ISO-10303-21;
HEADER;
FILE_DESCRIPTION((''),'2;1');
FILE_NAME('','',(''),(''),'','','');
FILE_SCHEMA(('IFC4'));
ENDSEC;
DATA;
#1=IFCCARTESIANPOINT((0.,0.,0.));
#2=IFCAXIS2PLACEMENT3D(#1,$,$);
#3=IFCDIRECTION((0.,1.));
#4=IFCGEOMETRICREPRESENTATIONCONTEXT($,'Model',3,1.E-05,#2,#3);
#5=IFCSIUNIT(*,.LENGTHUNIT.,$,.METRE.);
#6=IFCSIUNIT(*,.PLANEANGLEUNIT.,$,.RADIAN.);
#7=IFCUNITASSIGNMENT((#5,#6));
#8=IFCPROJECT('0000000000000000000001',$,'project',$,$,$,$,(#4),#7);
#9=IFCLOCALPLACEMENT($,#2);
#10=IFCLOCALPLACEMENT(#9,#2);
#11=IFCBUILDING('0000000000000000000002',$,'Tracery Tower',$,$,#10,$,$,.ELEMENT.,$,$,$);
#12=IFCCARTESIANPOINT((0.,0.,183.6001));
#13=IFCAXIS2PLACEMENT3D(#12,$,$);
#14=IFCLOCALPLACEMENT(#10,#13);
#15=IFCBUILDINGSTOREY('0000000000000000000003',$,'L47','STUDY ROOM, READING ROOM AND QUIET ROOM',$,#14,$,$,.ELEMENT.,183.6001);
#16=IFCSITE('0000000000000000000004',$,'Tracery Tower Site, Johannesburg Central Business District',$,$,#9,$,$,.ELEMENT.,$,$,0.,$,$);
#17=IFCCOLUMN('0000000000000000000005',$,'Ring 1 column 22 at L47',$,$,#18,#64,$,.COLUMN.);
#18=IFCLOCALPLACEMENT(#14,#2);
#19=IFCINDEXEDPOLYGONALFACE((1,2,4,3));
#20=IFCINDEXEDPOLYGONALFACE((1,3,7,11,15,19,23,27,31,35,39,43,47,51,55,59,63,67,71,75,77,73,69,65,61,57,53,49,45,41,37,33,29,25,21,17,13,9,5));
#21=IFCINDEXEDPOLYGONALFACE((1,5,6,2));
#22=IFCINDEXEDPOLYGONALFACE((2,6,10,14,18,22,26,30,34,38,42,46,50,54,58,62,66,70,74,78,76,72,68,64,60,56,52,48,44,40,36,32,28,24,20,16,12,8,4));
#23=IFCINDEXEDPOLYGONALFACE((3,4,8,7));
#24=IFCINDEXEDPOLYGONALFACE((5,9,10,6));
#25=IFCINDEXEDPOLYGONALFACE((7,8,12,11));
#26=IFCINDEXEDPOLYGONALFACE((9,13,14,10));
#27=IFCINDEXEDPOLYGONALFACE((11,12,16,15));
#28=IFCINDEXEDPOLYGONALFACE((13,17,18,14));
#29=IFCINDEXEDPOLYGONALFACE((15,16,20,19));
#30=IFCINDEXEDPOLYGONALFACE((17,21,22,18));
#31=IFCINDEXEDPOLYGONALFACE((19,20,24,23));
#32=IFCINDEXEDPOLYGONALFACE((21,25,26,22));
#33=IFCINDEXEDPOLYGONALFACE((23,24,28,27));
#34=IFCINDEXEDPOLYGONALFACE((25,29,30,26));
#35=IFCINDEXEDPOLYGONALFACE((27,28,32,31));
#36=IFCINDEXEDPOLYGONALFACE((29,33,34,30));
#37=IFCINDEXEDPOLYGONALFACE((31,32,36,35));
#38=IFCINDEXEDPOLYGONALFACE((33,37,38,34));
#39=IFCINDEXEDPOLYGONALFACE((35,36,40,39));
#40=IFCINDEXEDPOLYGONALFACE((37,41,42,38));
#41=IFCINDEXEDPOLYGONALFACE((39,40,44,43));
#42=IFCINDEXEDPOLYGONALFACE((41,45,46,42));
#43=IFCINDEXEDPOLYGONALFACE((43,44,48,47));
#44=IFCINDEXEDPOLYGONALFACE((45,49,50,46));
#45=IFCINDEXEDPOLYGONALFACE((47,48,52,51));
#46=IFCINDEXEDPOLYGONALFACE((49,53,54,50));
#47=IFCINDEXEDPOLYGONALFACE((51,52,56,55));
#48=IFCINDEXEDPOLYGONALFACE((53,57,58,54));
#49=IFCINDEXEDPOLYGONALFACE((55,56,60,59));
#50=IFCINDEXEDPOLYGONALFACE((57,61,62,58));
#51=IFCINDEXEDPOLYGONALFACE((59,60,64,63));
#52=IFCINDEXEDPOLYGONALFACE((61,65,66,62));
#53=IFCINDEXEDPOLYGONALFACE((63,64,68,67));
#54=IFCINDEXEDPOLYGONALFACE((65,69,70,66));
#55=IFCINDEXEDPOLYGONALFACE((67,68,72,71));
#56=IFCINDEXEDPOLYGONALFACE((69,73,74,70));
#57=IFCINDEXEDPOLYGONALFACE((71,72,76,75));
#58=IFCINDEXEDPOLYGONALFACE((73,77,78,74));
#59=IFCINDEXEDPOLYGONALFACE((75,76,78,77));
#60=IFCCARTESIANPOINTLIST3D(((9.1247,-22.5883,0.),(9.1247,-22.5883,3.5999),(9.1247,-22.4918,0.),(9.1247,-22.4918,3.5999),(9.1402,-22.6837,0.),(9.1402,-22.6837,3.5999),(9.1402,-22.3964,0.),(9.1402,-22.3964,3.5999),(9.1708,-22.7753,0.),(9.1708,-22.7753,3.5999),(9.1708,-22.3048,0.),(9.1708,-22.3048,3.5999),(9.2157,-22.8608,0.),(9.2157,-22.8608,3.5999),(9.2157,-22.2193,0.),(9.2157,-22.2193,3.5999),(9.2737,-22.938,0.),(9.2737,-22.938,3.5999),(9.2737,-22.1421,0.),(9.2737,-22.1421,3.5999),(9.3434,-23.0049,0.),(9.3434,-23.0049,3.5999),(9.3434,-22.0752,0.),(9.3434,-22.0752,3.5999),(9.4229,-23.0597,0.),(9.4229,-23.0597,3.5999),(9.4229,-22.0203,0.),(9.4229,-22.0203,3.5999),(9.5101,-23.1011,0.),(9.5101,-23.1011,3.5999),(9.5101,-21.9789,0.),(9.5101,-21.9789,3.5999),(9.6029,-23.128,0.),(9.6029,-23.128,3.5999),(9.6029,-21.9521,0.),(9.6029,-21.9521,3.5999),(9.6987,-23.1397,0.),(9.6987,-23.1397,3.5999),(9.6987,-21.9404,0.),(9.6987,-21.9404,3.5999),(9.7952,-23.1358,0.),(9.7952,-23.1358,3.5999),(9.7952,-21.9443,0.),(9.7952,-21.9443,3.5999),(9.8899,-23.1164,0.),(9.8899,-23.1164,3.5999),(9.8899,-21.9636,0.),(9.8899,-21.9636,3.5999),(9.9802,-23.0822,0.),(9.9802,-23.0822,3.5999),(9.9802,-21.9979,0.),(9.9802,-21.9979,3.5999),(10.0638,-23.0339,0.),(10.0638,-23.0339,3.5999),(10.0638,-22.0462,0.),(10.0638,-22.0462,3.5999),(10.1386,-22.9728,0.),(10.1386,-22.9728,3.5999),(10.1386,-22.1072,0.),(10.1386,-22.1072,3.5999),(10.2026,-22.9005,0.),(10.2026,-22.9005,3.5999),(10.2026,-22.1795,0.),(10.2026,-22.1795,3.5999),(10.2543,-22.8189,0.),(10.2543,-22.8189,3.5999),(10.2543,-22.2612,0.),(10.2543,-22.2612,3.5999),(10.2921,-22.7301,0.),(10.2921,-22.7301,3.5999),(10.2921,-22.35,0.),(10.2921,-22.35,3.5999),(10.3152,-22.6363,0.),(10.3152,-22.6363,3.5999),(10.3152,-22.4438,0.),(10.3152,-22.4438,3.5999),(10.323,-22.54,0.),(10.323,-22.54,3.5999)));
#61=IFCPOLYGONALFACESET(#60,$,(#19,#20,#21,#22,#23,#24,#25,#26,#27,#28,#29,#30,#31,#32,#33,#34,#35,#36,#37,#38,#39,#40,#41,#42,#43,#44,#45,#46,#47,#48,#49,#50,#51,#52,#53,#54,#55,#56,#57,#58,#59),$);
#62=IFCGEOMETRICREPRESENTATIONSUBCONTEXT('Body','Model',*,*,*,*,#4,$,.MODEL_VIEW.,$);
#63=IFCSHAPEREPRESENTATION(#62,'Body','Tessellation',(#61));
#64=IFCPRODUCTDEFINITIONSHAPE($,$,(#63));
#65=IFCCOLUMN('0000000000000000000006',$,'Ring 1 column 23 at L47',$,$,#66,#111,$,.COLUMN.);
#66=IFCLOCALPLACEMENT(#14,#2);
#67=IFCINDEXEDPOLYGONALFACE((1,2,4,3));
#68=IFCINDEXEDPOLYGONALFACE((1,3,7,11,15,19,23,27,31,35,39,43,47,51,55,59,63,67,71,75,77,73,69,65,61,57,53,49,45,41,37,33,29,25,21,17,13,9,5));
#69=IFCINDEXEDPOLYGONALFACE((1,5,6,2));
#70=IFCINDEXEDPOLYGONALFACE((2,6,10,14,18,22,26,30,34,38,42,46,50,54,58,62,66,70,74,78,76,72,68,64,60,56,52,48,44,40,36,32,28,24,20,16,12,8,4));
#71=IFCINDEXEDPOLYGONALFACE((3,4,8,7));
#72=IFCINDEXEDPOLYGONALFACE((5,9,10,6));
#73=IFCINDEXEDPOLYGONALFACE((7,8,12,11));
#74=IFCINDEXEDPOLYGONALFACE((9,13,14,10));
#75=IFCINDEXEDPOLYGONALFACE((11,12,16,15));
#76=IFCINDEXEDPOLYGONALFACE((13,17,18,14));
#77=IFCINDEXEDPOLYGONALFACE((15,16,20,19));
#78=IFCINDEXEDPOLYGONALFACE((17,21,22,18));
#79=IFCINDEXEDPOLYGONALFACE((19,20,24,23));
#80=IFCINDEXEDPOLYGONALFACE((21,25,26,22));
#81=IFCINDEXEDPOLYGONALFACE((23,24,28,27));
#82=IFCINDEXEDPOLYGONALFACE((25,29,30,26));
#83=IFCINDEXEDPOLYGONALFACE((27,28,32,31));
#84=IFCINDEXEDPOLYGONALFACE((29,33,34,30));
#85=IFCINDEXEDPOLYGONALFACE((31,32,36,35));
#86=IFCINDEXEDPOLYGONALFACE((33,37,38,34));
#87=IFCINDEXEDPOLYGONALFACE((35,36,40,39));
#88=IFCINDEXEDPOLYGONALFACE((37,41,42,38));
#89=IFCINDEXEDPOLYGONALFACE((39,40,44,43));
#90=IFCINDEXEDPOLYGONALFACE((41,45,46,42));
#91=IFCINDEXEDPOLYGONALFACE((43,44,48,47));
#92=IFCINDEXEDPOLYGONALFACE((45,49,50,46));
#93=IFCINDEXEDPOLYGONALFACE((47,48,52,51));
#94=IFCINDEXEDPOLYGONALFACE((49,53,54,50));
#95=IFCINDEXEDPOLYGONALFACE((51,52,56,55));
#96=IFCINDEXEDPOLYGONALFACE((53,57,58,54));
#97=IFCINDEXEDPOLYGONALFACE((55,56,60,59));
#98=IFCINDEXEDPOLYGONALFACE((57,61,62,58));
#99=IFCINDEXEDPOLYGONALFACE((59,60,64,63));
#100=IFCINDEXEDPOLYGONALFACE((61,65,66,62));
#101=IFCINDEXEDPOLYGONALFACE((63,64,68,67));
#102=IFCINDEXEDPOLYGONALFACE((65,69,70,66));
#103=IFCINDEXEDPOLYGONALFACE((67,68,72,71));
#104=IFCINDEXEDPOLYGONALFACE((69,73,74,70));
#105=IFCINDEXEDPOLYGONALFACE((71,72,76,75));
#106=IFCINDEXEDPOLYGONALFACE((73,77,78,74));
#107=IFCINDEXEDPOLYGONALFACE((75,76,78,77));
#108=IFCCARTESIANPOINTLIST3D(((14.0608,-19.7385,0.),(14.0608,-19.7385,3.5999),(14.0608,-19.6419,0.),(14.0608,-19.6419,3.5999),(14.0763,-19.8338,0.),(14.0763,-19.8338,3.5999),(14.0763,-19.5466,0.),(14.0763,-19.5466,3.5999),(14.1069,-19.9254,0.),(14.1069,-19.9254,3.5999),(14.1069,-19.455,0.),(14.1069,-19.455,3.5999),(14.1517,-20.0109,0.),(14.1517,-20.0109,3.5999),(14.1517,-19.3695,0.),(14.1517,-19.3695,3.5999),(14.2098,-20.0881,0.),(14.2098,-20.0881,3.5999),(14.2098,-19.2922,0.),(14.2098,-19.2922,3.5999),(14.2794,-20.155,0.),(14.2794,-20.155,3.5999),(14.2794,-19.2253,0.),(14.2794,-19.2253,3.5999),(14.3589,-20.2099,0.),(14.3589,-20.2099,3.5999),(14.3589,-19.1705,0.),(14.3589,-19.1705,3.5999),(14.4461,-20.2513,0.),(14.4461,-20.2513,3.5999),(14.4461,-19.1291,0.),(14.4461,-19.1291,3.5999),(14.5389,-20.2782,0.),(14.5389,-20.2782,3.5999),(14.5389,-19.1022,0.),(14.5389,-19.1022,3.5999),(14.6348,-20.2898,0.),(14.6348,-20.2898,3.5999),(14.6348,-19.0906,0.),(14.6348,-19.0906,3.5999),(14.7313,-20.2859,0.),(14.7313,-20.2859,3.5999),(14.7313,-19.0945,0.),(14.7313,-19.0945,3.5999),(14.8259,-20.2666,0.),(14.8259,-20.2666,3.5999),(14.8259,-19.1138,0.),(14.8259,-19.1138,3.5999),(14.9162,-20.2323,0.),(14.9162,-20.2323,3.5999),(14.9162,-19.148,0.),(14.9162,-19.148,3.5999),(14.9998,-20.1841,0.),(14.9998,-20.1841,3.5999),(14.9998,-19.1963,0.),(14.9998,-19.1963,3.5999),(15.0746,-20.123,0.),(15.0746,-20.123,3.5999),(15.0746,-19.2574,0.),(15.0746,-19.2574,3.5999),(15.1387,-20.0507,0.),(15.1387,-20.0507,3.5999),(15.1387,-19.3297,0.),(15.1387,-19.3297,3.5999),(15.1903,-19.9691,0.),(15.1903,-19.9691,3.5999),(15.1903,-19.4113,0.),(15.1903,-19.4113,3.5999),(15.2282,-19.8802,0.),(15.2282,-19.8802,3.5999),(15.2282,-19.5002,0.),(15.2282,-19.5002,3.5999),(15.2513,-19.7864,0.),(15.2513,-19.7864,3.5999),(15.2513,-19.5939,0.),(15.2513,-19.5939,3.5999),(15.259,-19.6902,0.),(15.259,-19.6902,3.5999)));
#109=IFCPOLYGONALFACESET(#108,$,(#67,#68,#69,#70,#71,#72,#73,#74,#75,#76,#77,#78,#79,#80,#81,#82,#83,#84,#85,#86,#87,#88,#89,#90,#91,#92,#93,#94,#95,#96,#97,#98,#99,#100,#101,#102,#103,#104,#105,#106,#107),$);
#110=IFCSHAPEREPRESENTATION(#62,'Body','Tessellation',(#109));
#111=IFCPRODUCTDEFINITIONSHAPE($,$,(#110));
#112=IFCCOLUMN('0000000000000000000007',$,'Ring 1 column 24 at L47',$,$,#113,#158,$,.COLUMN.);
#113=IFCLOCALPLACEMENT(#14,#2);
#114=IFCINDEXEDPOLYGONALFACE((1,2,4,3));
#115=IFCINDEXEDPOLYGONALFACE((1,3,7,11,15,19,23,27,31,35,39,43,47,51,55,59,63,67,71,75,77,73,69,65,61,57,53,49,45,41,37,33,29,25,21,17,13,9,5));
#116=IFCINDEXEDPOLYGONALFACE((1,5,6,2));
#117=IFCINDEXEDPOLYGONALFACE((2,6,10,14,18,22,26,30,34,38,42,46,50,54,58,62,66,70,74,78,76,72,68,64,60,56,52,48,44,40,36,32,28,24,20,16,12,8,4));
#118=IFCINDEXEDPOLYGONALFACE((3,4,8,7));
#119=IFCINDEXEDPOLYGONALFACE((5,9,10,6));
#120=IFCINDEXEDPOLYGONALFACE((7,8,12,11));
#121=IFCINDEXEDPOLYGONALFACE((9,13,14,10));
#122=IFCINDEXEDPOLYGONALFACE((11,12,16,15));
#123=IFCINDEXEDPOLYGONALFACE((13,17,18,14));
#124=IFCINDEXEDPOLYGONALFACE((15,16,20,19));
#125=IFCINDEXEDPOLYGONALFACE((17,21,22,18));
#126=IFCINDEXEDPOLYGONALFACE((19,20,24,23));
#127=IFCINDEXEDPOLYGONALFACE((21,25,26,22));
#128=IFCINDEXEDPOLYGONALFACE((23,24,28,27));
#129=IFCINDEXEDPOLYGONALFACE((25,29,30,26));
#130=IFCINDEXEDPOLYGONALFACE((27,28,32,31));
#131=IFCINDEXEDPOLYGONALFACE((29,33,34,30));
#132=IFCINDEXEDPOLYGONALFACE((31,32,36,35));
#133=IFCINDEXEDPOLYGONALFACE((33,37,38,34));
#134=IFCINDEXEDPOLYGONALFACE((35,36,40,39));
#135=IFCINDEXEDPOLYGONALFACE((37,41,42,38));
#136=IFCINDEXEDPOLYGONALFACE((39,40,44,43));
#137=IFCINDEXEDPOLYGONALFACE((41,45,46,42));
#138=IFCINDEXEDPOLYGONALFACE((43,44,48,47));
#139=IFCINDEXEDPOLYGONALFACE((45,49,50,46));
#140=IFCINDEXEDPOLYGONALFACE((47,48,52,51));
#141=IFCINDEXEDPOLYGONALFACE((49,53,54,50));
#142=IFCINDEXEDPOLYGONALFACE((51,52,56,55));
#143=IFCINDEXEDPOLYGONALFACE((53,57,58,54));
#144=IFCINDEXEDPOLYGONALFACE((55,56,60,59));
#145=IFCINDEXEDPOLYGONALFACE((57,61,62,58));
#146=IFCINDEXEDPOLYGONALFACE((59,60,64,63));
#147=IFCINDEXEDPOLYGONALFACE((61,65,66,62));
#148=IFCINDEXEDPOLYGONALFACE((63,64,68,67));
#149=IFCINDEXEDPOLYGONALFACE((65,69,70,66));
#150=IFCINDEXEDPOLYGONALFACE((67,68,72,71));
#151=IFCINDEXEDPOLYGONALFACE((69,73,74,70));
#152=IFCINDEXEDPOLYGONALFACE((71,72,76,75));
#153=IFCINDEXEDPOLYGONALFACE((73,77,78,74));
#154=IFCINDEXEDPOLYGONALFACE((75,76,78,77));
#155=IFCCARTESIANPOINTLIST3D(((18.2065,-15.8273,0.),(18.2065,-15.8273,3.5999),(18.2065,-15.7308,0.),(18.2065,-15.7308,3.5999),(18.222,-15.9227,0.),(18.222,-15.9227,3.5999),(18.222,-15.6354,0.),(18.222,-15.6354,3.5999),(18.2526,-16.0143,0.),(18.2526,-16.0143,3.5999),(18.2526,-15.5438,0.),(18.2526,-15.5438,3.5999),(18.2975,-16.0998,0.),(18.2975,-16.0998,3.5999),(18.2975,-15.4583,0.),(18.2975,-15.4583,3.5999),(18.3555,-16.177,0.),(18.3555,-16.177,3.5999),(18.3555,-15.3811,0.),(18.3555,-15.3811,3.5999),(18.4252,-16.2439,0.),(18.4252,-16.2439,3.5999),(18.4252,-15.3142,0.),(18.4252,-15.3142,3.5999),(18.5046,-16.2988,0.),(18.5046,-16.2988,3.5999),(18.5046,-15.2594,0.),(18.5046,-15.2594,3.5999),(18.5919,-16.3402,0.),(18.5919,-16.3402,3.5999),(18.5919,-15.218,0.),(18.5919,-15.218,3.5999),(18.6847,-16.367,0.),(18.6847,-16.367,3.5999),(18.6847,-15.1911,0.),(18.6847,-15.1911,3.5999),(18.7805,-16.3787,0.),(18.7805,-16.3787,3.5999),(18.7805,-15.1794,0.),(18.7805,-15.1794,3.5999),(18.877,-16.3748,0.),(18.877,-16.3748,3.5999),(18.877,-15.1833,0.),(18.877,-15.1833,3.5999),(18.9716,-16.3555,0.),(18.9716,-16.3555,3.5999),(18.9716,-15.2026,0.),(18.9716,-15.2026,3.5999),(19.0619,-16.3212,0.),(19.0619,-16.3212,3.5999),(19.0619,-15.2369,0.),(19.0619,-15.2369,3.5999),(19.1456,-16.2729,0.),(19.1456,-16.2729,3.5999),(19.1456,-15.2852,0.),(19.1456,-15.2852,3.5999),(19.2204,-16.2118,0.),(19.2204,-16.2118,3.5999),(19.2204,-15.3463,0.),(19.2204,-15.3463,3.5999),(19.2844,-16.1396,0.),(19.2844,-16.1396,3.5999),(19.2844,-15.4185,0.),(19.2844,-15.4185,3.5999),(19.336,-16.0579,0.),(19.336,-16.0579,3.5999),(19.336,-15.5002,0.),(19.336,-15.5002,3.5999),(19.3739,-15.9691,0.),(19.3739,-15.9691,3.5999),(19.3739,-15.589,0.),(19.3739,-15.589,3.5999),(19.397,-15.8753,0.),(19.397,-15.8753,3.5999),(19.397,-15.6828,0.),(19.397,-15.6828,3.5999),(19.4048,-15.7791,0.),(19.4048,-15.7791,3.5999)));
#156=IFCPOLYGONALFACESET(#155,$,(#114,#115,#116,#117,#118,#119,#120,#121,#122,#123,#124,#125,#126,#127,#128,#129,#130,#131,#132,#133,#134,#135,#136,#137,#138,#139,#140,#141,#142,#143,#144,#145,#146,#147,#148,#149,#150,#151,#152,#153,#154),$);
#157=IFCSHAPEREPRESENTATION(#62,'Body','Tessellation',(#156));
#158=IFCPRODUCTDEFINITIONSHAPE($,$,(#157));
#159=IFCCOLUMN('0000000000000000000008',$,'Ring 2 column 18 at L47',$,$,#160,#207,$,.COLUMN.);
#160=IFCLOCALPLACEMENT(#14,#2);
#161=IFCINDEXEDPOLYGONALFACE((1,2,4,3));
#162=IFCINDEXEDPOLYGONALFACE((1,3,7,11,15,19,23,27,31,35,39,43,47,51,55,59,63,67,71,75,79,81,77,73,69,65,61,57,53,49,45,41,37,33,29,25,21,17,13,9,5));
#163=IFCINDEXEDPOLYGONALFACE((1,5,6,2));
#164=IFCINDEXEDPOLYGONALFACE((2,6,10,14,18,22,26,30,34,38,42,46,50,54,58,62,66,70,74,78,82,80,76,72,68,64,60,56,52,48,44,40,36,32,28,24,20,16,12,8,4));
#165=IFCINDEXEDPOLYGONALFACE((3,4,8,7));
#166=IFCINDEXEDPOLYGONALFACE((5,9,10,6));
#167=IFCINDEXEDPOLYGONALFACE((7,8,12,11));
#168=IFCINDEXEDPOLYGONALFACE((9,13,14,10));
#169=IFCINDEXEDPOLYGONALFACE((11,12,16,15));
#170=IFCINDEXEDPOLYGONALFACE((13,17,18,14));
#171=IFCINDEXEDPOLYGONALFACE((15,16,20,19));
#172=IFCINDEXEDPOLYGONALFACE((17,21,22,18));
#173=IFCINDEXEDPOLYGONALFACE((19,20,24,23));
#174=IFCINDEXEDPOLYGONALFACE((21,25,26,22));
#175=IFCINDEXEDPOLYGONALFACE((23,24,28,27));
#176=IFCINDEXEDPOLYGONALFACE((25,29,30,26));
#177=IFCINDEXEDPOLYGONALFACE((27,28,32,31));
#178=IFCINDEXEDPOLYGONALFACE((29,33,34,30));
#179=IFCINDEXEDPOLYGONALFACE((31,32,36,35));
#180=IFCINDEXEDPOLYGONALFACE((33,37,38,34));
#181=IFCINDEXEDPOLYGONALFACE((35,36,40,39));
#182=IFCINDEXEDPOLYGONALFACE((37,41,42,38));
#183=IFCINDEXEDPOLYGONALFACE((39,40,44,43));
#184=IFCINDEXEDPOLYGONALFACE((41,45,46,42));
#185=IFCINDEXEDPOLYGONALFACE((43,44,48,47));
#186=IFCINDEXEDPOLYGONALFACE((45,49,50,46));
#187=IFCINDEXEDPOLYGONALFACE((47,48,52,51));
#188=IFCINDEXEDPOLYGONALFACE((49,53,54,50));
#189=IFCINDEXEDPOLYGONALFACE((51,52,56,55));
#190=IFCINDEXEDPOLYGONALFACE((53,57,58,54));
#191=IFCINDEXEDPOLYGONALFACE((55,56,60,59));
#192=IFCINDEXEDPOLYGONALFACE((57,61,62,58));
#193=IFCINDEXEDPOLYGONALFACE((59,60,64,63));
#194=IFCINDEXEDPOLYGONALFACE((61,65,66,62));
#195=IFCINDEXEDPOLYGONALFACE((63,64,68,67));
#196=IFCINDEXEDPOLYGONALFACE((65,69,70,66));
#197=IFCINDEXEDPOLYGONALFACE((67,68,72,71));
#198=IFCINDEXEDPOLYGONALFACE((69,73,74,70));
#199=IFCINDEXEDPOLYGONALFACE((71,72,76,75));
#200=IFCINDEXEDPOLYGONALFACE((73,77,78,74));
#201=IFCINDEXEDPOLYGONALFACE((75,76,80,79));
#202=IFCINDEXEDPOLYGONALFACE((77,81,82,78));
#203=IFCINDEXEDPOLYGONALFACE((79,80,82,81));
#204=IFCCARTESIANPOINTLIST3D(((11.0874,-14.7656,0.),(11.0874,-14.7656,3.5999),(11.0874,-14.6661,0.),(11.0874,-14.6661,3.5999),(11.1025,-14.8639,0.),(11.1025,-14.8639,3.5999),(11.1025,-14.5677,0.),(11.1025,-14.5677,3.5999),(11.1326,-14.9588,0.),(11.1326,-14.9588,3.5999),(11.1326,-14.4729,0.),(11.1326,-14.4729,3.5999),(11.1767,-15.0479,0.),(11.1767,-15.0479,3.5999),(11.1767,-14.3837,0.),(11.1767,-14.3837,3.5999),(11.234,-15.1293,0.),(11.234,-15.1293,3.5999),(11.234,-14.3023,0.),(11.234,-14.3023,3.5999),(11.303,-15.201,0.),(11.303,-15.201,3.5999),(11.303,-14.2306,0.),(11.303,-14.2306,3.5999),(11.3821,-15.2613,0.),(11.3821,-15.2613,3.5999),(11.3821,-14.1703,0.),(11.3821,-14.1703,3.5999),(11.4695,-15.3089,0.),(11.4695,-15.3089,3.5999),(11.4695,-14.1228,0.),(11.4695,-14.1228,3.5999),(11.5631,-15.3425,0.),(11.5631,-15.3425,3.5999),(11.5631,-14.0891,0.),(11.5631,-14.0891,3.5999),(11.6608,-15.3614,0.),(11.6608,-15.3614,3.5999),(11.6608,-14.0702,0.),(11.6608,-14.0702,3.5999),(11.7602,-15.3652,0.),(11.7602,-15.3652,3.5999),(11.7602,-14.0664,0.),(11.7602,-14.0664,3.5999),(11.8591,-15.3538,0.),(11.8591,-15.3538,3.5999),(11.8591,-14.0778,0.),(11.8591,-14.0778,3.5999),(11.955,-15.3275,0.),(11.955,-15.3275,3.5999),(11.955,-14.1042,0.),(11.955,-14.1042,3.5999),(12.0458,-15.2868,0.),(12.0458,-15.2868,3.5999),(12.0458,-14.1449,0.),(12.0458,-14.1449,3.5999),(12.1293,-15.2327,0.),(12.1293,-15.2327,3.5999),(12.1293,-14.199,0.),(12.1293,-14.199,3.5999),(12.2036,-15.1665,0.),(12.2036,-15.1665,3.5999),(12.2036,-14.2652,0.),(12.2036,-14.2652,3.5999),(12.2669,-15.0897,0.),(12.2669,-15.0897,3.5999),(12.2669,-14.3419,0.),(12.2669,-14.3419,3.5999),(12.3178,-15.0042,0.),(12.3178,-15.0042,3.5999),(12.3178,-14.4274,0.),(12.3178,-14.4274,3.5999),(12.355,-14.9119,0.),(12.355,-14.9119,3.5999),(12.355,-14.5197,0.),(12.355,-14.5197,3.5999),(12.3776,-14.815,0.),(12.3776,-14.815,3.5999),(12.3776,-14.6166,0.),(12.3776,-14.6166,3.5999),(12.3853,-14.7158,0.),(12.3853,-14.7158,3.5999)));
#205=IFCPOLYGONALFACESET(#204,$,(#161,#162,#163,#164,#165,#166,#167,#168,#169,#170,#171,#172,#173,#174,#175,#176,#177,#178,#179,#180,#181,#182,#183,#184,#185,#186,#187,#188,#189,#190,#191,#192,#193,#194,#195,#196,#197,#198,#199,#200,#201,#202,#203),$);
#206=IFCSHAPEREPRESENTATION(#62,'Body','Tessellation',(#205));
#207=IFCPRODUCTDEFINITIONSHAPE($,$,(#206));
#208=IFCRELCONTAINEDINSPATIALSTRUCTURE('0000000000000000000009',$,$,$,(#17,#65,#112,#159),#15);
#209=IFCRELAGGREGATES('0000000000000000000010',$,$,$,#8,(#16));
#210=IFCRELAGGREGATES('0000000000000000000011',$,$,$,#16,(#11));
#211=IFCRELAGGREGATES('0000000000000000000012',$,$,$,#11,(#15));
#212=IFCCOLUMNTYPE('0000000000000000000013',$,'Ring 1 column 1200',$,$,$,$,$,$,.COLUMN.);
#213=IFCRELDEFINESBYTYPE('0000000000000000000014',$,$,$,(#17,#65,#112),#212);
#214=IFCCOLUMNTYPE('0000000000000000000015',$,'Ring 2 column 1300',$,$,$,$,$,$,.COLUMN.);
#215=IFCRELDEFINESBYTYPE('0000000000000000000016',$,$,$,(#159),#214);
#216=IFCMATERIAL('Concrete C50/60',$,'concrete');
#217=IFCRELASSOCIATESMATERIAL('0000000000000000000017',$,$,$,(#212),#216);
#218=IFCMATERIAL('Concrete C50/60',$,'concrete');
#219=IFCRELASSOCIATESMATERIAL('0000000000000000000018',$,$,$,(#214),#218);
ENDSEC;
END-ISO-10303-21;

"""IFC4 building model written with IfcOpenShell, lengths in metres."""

from ifc_helpers import new_model, si_unit, direction, frame, origin, origin_2d, place, context, subcontext, project, spatial, circle, extrude, material, material_profile, profile_set, type_object, element, save


model = new_model("IFC4")

# Units and contexts
model_context = context("Model", 3, precision=1e-05, world=origin(), true_north=direction((0.0, 1.0)))
body_context = subcontext(model_context, "Body", "Model", "MODEL_VIEW")
ifc_project = project(units=[si_unit("LENGTHUNIT", "METRE"), si_unit("PLANEANGLEUNIT", "RADIAN")], contexts=[model_context])

# Site, building, storey
site_placement = place(None, origin())
site = spatial("IfcSite", under=ifc_project, at=site_placement, Name="Tracery Tower Site, Johannesburg Central Business District", CompositionType="ELEMENT", RefElevation=0.0)
building_placement = place(site_placement, origin())
building = spatial("IfcBuilding", under=site, at=building_placement, Name="Tracery Tower", CompositionType="ELEMENT")
storey_placement = place(building_placement, frame((0.0, 0.0, 183.6001)))
storey = spatial("IfcBuildingStorey", under=building, at=storey_placement, Name="L47", Description="STUDY ROOM, READING ROOM AND QUIET ROOM", CompositionType="ELEMENT", Elevation=183.6001)

# Columns
ifc_material_1 = material(Name="Concrete C50/60", Category="concrete")
ifc_material_profile_1 = material_profile(ifc_material_1, circle(Radius=0.6001, at=origin_2d()), Name="RC D1200")
ifc_profile_set_1 = profile_set([ifc_material_profile_1], Name="Concrete C50/60")
column_type_1 = type_object("IfcColumnType", Name="Ring 1 column 1200", PredefinedType="COLUMN", material=ifc_profile_set_1)
for number, where, z_axis, x_axis, name in (
    (1, (9.7229, -22.54, 0.0), (0.0, 0.0, 1.0), (1.0, 0.0, 0.0), "Ring 1 column 22 at L47"),
    (2, (14.6589, -19.6902, 0.0), (0.0, 0.0, 1.0), (1.0, 0.0, 0.0), "Ring 1 column 23 at L47"),
    (3, (18.8047, -15.7791, 0.0), (0.0, 0.0, 1.0), (1.0, 0.0, 0.0), "Ring 1 column 24 at L47"),
):
    element("IfcColumn", number, at=place(storey_placement, frame(where, z_axis=z_axis, x_axis=x_axis)), inside=storey, type_object=column_type_1, Name=name, PredefinedType="COLUMN", context=body_context, shape_type="SweptSolid", body=[
        extrude(circle(Radius=0.6001, at=origin_2d()), origin(), (0.0, 0.0, 1.0), 3.5999),
    ])
ifc_material_2 = material(Name="Concrete C50/60", Category="concrete")
ifc_material_profile_2 = material_profile(ifc_material_2, circle(Radius=0.6499, at=origin_2d()), Name="RC D1300")
ifc_profile_set_2 = profile_set([ifc_material_profile_2], Name="Concrete C50/60")
column_type_2 = type_object("IfcColumnType", Name="Ring 2 column 1300", PredefinedType="COLUMN", material=ifc_profile_set_2)
column_placement = place(storey_placement, frame((11.7354, -14.7158, 0.0), z_axis=(0.0, 0.0, 1.0), x_axis=(1.0, 0.0, 0.0)))
element("IfcColumn", 4, at=column_placement, inside=storey, type_object=column_type_2, Name="Ring 2 column 18 at L47", PredefinedType="COLUMN", context=body_context, shape_type="SweptSolid", body=[
    extrude(circle(Radius=0.6499, at=origin_2d()), origin(), (0.0, 0.0, 1.0), 3.5999),
])

save(model, "model.ifc")
